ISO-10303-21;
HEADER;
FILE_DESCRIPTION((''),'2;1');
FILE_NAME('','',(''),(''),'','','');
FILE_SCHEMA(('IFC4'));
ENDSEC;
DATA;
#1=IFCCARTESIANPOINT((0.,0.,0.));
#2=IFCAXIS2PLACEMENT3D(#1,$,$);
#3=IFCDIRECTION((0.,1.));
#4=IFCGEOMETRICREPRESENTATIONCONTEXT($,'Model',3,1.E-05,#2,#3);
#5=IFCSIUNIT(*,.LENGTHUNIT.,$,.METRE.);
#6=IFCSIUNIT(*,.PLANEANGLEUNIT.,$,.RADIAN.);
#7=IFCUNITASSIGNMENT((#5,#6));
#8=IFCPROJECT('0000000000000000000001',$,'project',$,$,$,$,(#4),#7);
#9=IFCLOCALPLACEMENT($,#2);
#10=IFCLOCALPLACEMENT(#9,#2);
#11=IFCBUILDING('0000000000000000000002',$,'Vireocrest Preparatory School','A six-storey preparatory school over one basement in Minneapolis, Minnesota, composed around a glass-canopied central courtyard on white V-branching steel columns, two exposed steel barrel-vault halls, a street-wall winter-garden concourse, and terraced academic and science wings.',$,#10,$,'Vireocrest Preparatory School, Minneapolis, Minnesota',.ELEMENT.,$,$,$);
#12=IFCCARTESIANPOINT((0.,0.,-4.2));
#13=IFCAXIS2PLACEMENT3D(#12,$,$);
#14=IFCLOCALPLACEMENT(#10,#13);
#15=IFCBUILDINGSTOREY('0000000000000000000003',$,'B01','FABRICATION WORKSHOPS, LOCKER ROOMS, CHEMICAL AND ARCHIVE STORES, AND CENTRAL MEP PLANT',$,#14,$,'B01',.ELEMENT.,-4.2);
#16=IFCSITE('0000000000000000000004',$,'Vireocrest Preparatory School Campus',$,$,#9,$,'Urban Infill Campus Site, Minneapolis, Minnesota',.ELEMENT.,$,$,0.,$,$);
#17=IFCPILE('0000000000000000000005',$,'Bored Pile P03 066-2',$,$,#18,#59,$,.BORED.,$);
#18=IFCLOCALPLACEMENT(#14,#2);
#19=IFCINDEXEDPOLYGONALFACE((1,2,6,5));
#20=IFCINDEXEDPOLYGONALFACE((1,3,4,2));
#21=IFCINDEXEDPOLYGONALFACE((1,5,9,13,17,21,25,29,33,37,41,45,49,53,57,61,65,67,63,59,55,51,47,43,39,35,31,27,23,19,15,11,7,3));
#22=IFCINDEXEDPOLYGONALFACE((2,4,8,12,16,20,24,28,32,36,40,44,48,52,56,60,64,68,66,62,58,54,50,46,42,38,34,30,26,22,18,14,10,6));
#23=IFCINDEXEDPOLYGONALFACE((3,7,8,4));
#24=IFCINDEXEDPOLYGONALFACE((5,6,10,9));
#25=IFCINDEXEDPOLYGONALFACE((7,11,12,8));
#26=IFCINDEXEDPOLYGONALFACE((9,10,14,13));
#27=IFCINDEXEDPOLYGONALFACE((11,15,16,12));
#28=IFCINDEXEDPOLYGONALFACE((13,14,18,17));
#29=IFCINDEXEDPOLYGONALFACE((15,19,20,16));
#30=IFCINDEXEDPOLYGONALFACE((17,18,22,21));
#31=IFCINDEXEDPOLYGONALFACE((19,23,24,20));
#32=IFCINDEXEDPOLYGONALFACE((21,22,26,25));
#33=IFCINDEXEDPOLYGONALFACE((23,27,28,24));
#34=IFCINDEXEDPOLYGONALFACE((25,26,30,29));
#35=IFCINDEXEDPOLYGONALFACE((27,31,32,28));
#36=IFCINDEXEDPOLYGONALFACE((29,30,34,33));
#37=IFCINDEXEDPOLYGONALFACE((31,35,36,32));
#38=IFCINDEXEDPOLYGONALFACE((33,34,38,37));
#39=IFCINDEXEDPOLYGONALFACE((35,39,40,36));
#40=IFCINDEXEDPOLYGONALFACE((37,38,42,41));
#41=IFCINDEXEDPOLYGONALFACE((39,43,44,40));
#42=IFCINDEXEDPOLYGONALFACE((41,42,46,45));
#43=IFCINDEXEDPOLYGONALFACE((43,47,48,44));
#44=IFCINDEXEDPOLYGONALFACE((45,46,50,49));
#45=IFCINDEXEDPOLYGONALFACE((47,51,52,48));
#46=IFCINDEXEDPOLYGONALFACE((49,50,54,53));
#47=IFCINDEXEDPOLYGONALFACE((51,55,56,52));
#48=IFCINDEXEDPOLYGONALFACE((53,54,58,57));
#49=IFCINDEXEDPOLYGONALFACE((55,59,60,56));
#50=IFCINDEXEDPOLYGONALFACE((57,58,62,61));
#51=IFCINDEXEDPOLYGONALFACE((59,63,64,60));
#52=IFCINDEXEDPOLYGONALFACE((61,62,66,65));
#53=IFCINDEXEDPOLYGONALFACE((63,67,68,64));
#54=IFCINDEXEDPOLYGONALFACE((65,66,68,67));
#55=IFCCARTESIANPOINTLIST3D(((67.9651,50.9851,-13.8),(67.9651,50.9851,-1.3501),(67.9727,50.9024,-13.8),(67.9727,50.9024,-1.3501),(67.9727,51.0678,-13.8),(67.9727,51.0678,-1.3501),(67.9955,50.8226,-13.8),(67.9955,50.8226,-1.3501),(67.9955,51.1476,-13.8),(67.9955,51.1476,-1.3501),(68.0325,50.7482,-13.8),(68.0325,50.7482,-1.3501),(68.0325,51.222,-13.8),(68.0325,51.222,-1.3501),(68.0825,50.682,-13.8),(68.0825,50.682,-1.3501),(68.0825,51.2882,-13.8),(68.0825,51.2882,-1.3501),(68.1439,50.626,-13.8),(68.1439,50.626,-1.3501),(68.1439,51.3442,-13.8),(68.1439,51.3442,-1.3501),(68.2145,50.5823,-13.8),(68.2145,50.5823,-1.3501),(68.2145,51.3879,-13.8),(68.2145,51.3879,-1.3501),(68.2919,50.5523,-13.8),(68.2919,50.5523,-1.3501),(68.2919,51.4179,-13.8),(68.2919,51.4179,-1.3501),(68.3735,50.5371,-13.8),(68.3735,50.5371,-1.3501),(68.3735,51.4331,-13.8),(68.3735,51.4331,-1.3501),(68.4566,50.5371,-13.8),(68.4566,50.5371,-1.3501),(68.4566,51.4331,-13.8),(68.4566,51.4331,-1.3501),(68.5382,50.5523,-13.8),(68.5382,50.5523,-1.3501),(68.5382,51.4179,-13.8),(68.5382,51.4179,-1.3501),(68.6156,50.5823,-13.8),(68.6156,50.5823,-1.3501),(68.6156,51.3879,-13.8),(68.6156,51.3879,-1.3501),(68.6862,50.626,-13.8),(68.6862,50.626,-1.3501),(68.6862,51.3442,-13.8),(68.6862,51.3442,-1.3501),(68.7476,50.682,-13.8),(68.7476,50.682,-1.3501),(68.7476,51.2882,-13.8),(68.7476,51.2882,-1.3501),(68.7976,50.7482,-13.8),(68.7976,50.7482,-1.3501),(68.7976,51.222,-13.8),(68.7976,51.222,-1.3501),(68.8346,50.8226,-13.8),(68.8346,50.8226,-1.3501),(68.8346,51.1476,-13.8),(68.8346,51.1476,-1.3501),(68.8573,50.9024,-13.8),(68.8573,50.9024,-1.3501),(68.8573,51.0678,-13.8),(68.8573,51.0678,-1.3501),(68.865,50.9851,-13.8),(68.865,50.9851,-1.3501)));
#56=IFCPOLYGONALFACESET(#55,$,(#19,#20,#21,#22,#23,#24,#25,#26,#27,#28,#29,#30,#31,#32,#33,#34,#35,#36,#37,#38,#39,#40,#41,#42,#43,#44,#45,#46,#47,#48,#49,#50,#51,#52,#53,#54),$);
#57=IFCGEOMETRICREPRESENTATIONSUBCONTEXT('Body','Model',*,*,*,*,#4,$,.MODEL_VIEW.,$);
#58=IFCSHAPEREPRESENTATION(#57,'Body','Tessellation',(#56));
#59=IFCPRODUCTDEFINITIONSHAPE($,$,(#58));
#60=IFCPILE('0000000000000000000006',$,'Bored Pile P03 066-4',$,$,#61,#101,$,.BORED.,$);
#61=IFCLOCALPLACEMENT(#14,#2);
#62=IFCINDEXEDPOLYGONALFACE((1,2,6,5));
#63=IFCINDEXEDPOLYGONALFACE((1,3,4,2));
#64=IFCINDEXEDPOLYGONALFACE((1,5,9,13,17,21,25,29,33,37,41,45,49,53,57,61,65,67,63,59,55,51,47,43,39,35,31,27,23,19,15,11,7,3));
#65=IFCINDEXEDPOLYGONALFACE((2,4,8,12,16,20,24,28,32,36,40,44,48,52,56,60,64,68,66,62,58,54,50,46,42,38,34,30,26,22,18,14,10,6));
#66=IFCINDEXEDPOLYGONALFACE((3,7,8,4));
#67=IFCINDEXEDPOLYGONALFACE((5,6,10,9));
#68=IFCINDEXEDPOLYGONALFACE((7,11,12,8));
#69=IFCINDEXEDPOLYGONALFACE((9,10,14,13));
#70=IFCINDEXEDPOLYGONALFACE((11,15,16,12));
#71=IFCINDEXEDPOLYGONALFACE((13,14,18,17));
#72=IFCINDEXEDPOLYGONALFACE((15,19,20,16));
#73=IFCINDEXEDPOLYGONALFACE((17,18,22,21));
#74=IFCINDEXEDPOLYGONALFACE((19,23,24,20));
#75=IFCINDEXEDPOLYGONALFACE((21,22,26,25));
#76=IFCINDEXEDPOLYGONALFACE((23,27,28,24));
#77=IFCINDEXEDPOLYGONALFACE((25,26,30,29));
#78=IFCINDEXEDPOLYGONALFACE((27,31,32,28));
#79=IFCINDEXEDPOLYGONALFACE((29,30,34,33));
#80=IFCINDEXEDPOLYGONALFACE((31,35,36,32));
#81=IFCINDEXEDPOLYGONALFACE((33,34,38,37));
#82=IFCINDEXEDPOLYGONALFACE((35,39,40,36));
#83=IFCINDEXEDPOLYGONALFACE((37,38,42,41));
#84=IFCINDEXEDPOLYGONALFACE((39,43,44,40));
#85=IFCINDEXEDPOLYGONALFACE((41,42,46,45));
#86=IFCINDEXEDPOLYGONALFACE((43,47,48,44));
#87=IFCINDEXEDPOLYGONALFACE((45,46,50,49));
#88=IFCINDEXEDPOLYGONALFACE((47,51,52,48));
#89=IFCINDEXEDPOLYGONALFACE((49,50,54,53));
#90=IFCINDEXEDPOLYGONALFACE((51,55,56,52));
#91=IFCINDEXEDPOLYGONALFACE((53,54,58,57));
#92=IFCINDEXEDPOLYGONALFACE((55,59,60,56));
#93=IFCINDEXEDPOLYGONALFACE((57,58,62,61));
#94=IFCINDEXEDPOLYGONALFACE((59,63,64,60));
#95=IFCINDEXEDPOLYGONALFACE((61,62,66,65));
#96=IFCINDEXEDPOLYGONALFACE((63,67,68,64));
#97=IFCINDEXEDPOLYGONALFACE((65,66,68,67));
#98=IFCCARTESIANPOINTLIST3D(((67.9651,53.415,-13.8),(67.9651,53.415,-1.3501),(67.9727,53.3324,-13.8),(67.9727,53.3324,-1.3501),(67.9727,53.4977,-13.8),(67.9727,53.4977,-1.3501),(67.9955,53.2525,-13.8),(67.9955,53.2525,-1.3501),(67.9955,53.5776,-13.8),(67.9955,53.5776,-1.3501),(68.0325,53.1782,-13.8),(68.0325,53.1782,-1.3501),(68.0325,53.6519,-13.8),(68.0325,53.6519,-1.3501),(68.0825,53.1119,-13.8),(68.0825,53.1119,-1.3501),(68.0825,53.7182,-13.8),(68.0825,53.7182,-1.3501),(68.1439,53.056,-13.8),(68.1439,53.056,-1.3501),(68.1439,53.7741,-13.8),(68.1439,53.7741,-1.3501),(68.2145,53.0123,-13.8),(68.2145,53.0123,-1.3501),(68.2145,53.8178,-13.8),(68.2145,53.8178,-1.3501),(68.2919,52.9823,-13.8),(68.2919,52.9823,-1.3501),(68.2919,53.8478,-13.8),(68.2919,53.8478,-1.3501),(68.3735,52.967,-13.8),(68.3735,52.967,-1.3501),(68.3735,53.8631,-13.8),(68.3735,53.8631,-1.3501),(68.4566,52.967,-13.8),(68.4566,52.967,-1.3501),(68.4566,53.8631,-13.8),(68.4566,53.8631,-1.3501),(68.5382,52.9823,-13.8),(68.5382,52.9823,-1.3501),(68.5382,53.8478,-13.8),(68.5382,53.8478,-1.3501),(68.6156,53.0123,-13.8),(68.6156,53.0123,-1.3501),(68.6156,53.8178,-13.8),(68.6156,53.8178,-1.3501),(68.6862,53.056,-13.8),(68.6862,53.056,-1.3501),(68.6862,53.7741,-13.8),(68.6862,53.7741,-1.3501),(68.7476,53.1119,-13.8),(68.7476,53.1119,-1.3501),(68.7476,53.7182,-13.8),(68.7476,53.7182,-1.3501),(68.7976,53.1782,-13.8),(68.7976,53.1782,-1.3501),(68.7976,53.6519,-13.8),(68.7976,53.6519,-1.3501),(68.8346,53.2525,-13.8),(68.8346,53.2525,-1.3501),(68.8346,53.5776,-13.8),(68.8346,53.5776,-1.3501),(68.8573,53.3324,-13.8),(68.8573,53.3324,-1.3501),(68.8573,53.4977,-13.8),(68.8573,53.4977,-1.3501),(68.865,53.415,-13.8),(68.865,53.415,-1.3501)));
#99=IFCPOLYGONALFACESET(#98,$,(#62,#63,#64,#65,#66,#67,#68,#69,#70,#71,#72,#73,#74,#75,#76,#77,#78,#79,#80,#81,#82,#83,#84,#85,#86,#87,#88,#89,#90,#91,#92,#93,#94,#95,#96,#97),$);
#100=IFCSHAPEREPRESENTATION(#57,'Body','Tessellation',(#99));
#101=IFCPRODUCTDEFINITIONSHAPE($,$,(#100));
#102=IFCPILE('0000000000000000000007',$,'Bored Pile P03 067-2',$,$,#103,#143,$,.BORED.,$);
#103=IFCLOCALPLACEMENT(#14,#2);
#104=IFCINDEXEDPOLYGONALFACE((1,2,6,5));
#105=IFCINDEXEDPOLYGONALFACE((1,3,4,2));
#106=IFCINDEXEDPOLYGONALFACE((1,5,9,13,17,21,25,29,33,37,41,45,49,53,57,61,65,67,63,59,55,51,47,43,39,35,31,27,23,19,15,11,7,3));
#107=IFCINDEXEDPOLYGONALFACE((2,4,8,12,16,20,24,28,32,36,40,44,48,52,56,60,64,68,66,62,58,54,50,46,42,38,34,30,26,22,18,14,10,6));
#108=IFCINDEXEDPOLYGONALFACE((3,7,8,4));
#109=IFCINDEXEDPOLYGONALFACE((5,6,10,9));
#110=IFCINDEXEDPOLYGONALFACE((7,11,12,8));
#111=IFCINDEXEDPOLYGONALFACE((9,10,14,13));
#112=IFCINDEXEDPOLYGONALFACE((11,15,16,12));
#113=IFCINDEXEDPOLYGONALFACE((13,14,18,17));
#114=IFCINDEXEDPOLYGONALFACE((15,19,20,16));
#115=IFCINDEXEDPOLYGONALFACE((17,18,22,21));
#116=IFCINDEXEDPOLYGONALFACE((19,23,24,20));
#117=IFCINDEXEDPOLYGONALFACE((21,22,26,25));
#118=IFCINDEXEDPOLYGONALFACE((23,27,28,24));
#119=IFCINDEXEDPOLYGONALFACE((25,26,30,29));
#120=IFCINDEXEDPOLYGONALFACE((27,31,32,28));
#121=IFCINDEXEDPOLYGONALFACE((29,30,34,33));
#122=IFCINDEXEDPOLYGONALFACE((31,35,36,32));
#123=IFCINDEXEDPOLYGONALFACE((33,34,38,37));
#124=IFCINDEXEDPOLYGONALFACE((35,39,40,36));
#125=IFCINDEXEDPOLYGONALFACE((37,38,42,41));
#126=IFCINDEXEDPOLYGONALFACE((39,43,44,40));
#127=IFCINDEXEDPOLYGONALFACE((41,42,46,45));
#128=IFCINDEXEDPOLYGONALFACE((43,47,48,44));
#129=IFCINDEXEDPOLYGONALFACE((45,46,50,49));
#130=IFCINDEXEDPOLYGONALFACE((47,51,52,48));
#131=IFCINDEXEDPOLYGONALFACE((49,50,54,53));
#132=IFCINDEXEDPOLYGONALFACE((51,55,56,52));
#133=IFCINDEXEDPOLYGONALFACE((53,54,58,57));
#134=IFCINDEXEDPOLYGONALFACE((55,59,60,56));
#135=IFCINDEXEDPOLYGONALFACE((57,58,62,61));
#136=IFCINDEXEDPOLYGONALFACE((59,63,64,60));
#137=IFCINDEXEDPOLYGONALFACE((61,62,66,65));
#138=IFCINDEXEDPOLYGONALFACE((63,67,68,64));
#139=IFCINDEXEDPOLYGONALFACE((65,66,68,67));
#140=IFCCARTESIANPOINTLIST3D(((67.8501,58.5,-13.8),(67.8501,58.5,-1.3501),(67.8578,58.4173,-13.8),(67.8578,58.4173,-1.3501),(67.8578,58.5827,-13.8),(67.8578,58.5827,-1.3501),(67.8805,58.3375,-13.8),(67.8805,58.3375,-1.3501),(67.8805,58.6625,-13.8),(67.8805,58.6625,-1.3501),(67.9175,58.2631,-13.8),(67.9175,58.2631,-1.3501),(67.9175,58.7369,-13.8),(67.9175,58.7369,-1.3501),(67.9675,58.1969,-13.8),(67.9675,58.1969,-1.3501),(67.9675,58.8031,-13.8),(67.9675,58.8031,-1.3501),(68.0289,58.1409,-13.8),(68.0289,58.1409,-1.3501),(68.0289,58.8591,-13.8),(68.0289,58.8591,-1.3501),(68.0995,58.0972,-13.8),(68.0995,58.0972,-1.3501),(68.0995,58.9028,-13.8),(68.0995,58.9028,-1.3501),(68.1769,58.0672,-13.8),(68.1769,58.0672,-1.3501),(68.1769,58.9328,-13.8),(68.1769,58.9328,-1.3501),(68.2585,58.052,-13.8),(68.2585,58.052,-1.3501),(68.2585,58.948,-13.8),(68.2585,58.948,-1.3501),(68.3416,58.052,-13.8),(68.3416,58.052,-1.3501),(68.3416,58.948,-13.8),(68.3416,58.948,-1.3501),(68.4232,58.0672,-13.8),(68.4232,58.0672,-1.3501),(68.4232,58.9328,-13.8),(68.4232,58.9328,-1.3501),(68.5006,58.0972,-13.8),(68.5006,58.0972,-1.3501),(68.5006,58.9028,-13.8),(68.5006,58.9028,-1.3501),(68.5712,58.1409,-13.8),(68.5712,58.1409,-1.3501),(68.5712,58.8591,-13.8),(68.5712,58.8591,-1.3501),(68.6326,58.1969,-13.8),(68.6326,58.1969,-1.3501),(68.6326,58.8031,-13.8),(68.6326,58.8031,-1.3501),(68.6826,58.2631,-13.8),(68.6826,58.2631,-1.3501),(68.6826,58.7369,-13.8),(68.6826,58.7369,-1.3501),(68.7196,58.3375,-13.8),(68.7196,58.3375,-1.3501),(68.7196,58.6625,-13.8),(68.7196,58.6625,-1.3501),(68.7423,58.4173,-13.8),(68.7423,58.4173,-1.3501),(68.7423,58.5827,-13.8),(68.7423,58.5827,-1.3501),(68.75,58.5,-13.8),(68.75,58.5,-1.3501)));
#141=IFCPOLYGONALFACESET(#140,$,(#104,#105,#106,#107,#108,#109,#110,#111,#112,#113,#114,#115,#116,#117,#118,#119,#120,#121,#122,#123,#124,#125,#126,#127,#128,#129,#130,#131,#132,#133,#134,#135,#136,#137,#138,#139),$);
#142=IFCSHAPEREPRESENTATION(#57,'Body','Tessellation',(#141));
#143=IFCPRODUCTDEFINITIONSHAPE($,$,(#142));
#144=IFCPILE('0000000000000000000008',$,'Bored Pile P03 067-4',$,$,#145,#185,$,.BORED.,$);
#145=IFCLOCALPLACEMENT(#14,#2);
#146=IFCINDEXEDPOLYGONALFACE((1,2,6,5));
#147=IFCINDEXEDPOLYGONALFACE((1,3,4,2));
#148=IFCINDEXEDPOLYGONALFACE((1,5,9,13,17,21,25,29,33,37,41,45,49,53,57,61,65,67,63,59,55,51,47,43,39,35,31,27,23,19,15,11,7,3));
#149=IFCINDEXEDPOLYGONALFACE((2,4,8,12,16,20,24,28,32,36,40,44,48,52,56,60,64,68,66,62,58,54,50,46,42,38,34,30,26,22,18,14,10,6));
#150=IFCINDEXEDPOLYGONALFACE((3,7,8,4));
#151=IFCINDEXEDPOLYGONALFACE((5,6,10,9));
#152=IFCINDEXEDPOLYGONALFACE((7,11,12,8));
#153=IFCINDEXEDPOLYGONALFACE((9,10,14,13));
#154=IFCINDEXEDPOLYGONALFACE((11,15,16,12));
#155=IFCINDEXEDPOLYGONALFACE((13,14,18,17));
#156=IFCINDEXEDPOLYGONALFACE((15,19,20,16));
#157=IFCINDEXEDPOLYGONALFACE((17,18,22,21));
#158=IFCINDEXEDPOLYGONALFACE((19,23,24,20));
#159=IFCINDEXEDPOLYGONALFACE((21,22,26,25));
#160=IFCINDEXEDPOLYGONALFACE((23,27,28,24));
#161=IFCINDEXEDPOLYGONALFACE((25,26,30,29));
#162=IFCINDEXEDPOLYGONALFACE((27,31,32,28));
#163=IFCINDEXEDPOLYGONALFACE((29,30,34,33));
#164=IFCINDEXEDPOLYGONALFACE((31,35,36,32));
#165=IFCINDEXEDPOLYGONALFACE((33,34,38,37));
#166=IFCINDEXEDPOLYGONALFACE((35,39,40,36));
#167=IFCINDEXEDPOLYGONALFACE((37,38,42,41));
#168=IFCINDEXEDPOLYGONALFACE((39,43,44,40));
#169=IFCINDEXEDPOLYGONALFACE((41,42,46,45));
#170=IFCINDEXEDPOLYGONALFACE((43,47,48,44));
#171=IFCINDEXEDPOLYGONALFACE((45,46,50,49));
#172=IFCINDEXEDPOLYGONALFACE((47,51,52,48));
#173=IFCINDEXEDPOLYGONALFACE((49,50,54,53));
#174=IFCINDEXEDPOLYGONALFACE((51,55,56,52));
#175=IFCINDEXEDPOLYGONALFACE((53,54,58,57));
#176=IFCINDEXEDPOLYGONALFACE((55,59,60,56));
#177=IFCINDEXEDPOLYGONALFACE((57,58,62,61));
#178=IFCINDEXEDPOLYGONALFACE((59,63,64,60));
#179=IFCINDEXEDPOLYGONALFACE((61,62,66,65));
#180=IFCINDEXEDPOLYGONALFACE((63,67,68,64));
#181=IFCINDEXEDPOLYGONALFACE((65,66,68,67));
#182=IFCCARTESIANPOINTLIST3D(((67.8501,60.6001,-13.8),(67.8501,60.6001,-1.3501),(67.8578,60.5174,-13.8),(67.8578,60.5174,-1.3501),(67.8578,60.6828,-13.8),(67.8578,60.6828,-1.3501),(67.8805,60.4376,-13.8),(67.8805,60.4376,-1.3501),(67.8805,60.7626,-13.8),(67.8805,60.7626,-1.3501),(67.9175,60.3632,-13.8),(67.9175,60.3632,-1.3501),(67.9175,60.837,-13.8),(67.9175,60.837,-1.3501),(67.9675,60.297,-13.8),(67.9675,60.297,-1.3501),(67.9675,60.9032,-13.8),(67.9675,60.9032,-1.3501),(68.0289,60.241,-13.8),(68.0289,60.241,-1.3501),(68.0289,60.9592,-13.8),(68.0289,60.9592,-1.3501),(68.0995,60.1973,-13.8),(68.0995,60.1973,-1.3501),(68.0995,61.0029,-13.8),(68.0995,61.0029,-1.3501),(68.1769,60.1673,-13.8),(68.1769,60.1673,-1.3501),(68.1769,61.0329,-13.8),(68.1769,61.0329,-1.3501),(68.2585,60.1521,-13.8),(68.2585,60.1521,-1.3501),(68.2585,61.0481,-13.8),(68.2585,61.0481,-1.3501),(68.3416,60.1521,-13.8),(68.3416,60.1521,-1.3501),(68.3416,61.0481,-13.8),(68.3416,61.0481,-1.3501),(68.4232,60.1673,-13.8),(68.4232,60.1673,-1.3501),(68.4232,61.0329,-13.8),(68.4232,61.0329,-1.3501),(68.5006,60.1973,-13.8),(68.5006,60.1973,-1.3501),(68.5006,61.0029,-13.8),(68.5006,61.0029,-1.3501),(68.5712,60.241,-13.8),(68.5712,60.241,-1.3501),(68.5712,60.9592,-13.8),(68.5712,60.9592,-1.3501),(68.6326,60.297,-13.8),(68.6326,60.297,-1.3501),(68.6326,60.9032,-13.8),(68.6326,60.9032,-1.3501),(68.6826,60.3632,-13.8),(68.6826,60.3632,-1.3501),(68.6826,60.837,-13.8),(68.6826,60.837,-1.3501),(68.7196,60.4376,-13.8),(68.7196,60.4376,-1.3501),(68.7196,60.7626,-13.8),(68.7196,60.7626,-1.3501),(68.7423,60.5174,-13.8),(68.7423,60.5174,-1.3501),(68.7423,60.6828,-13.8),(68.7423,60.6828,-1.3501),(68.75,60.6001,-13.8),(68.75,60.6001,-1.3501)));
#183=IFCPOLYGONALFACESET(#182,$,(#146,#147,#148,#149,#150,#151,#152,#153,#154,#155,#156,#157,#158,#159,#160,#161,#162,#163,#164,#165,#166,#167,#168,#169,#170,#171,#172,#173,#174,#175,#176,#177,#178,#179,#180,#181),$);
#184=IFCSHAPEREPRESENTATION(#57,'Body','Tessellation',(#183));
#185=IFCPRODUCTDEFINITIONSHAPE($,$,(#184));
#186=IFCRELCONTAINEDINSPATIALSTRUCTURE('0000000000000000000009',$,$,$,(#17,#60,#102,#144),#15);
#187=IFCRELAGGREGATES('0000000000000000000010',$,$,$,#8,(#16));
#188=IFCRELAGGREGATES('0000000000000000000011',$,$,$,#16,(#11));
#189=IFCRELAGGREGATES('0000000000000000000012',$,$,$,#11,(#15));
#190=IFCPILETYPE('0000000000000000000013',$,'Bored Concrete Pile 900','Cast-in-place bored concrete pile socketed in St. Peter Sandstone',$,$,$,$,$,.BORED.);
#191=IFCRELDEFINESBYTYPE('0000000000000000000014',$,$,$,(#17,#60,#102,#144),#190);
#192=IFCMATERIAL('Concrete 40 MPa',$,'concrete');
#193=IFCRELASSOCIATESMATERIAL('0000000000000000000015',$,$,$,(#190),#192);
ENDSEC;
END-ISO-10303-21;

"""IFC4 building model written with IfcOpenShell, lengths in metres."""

from ifc_helpers import new_model, si_unit, direction, frame, origin, origin_2d, place, context, subcontext, project, spatial, circle, extrude, material, material_profile, profile_set, type_object, element, save


model = new_model("IFC4")

# Units and contexts
model_context = context("Model", 3, precision=1e-05, world=origin(), true_north=direction((0.0, 1.0)))
body_context = subcontext(model_context, "Body", "Model", "MODEL_VIEW")
ifc_project = project(units=[si_unit("LENGTHUNIT", "METRE"), si_unit("PLANEANGLEUNIT", "RADIAN")], contexts=[model_context])

# Site, building, storey
site_placement = place(None, origin())
site = spatial("IfcSite", under=ifc_project, at=site_placement, Name="Vireocrest Preparatory School Campus", LongName="Urban Infill Campus Site, Minneapolis, Minnesota", CompositionType="ELEMENT", RefElevation=0.0)
building_placement = place(site_placement, origin())
building = spatial("IfcBuilding", under=site, at=building_placement, Name="Vireocrest Preparatory School", Description="A six-storey preparatory school over one basement in Minneapolis, Minnesota, composed around a glass-canopied central courtyard on white V-branching steel columns, two exposed steel barrel-vault halls, a street-wall winter-garden concourse, and terraced academic and science wings.", LongName="Vireocrest Preparatory School, Minneapolis, Minnesota", CompositionType="ELEMENT")
storey_placement = place(building_placement, frame((0.0, 0.0, -4.2)))
storey = spatial("IfcBuildingStorey", under=building, at=storey_placement, Name="B01", Description="FABRICATION WORKSHOPS, LOCKER ROOMS, CHEMICAL AND ARCHIVE STORES, AND CENTRAL MEP PLANT", LongName="B01", CompositionType="ELEMENT", Elevation=-4.2)

# Piles
ifc_material_1 = material(Name="Concrete 40 MPa", Category="concrete")
ifc_material_profile_1 = material_profile(ifc_material_1, circle(Radius=0.45, at=origin_2d()), Name="BORED PILE 900")
ifc_profile_set_1 = profile_set([ifc_material_profile_1], Name="Concrete 40 MPa")
pile_type_1 = type_object("IfcPileType", Name="Bored Concrete Pile 900", Description="Cast-in-place bored concrete pile socketed in St. Peter Sandstone", PredefinedType="BORED", material=ifc_profile_set_1)
for number, where, z_axis, x_axis, name in (
    (1, (68.415, 50.9851, -1.3501), (0.0, 0.0, -1.0), (1.0, 0.0, 0.0), "Bored Pile P03 066-2"),
    (2, (68.415, 53.415, -1.3501), (0.0, 0.0, -1.0), (1.0, 0.0, 0.0), "Bored Pile P03 066-4"),
    (3, (68.3, 58.5, -1.3501), (0.0, 0.0, -1.0), (1.0, 0.0, 0.0), "Bored Pile P03 067-2"),
    (4, (68.3, 60.6001, -1.3501), (0.0, 0.0, -1.0), (1.0, 0.0, 0.0), "Bored Pile P03 067-4"),
):
    element("IfcPile", number, at=place(storey_placement, frame(where, z_axis=z_axis, x_axis=x_axis)), inside=storey, type_object=pile_type_1, Name=name, PredefinedType="BORED", context=body_context, shape_type="SweptSolid", body=[
        extrude(circle(Radius=0.45, at=origin_2d()), origin(), (0.0, 0.0, 1.0), 12.45),
    ])

save(model, "model.ifc")
